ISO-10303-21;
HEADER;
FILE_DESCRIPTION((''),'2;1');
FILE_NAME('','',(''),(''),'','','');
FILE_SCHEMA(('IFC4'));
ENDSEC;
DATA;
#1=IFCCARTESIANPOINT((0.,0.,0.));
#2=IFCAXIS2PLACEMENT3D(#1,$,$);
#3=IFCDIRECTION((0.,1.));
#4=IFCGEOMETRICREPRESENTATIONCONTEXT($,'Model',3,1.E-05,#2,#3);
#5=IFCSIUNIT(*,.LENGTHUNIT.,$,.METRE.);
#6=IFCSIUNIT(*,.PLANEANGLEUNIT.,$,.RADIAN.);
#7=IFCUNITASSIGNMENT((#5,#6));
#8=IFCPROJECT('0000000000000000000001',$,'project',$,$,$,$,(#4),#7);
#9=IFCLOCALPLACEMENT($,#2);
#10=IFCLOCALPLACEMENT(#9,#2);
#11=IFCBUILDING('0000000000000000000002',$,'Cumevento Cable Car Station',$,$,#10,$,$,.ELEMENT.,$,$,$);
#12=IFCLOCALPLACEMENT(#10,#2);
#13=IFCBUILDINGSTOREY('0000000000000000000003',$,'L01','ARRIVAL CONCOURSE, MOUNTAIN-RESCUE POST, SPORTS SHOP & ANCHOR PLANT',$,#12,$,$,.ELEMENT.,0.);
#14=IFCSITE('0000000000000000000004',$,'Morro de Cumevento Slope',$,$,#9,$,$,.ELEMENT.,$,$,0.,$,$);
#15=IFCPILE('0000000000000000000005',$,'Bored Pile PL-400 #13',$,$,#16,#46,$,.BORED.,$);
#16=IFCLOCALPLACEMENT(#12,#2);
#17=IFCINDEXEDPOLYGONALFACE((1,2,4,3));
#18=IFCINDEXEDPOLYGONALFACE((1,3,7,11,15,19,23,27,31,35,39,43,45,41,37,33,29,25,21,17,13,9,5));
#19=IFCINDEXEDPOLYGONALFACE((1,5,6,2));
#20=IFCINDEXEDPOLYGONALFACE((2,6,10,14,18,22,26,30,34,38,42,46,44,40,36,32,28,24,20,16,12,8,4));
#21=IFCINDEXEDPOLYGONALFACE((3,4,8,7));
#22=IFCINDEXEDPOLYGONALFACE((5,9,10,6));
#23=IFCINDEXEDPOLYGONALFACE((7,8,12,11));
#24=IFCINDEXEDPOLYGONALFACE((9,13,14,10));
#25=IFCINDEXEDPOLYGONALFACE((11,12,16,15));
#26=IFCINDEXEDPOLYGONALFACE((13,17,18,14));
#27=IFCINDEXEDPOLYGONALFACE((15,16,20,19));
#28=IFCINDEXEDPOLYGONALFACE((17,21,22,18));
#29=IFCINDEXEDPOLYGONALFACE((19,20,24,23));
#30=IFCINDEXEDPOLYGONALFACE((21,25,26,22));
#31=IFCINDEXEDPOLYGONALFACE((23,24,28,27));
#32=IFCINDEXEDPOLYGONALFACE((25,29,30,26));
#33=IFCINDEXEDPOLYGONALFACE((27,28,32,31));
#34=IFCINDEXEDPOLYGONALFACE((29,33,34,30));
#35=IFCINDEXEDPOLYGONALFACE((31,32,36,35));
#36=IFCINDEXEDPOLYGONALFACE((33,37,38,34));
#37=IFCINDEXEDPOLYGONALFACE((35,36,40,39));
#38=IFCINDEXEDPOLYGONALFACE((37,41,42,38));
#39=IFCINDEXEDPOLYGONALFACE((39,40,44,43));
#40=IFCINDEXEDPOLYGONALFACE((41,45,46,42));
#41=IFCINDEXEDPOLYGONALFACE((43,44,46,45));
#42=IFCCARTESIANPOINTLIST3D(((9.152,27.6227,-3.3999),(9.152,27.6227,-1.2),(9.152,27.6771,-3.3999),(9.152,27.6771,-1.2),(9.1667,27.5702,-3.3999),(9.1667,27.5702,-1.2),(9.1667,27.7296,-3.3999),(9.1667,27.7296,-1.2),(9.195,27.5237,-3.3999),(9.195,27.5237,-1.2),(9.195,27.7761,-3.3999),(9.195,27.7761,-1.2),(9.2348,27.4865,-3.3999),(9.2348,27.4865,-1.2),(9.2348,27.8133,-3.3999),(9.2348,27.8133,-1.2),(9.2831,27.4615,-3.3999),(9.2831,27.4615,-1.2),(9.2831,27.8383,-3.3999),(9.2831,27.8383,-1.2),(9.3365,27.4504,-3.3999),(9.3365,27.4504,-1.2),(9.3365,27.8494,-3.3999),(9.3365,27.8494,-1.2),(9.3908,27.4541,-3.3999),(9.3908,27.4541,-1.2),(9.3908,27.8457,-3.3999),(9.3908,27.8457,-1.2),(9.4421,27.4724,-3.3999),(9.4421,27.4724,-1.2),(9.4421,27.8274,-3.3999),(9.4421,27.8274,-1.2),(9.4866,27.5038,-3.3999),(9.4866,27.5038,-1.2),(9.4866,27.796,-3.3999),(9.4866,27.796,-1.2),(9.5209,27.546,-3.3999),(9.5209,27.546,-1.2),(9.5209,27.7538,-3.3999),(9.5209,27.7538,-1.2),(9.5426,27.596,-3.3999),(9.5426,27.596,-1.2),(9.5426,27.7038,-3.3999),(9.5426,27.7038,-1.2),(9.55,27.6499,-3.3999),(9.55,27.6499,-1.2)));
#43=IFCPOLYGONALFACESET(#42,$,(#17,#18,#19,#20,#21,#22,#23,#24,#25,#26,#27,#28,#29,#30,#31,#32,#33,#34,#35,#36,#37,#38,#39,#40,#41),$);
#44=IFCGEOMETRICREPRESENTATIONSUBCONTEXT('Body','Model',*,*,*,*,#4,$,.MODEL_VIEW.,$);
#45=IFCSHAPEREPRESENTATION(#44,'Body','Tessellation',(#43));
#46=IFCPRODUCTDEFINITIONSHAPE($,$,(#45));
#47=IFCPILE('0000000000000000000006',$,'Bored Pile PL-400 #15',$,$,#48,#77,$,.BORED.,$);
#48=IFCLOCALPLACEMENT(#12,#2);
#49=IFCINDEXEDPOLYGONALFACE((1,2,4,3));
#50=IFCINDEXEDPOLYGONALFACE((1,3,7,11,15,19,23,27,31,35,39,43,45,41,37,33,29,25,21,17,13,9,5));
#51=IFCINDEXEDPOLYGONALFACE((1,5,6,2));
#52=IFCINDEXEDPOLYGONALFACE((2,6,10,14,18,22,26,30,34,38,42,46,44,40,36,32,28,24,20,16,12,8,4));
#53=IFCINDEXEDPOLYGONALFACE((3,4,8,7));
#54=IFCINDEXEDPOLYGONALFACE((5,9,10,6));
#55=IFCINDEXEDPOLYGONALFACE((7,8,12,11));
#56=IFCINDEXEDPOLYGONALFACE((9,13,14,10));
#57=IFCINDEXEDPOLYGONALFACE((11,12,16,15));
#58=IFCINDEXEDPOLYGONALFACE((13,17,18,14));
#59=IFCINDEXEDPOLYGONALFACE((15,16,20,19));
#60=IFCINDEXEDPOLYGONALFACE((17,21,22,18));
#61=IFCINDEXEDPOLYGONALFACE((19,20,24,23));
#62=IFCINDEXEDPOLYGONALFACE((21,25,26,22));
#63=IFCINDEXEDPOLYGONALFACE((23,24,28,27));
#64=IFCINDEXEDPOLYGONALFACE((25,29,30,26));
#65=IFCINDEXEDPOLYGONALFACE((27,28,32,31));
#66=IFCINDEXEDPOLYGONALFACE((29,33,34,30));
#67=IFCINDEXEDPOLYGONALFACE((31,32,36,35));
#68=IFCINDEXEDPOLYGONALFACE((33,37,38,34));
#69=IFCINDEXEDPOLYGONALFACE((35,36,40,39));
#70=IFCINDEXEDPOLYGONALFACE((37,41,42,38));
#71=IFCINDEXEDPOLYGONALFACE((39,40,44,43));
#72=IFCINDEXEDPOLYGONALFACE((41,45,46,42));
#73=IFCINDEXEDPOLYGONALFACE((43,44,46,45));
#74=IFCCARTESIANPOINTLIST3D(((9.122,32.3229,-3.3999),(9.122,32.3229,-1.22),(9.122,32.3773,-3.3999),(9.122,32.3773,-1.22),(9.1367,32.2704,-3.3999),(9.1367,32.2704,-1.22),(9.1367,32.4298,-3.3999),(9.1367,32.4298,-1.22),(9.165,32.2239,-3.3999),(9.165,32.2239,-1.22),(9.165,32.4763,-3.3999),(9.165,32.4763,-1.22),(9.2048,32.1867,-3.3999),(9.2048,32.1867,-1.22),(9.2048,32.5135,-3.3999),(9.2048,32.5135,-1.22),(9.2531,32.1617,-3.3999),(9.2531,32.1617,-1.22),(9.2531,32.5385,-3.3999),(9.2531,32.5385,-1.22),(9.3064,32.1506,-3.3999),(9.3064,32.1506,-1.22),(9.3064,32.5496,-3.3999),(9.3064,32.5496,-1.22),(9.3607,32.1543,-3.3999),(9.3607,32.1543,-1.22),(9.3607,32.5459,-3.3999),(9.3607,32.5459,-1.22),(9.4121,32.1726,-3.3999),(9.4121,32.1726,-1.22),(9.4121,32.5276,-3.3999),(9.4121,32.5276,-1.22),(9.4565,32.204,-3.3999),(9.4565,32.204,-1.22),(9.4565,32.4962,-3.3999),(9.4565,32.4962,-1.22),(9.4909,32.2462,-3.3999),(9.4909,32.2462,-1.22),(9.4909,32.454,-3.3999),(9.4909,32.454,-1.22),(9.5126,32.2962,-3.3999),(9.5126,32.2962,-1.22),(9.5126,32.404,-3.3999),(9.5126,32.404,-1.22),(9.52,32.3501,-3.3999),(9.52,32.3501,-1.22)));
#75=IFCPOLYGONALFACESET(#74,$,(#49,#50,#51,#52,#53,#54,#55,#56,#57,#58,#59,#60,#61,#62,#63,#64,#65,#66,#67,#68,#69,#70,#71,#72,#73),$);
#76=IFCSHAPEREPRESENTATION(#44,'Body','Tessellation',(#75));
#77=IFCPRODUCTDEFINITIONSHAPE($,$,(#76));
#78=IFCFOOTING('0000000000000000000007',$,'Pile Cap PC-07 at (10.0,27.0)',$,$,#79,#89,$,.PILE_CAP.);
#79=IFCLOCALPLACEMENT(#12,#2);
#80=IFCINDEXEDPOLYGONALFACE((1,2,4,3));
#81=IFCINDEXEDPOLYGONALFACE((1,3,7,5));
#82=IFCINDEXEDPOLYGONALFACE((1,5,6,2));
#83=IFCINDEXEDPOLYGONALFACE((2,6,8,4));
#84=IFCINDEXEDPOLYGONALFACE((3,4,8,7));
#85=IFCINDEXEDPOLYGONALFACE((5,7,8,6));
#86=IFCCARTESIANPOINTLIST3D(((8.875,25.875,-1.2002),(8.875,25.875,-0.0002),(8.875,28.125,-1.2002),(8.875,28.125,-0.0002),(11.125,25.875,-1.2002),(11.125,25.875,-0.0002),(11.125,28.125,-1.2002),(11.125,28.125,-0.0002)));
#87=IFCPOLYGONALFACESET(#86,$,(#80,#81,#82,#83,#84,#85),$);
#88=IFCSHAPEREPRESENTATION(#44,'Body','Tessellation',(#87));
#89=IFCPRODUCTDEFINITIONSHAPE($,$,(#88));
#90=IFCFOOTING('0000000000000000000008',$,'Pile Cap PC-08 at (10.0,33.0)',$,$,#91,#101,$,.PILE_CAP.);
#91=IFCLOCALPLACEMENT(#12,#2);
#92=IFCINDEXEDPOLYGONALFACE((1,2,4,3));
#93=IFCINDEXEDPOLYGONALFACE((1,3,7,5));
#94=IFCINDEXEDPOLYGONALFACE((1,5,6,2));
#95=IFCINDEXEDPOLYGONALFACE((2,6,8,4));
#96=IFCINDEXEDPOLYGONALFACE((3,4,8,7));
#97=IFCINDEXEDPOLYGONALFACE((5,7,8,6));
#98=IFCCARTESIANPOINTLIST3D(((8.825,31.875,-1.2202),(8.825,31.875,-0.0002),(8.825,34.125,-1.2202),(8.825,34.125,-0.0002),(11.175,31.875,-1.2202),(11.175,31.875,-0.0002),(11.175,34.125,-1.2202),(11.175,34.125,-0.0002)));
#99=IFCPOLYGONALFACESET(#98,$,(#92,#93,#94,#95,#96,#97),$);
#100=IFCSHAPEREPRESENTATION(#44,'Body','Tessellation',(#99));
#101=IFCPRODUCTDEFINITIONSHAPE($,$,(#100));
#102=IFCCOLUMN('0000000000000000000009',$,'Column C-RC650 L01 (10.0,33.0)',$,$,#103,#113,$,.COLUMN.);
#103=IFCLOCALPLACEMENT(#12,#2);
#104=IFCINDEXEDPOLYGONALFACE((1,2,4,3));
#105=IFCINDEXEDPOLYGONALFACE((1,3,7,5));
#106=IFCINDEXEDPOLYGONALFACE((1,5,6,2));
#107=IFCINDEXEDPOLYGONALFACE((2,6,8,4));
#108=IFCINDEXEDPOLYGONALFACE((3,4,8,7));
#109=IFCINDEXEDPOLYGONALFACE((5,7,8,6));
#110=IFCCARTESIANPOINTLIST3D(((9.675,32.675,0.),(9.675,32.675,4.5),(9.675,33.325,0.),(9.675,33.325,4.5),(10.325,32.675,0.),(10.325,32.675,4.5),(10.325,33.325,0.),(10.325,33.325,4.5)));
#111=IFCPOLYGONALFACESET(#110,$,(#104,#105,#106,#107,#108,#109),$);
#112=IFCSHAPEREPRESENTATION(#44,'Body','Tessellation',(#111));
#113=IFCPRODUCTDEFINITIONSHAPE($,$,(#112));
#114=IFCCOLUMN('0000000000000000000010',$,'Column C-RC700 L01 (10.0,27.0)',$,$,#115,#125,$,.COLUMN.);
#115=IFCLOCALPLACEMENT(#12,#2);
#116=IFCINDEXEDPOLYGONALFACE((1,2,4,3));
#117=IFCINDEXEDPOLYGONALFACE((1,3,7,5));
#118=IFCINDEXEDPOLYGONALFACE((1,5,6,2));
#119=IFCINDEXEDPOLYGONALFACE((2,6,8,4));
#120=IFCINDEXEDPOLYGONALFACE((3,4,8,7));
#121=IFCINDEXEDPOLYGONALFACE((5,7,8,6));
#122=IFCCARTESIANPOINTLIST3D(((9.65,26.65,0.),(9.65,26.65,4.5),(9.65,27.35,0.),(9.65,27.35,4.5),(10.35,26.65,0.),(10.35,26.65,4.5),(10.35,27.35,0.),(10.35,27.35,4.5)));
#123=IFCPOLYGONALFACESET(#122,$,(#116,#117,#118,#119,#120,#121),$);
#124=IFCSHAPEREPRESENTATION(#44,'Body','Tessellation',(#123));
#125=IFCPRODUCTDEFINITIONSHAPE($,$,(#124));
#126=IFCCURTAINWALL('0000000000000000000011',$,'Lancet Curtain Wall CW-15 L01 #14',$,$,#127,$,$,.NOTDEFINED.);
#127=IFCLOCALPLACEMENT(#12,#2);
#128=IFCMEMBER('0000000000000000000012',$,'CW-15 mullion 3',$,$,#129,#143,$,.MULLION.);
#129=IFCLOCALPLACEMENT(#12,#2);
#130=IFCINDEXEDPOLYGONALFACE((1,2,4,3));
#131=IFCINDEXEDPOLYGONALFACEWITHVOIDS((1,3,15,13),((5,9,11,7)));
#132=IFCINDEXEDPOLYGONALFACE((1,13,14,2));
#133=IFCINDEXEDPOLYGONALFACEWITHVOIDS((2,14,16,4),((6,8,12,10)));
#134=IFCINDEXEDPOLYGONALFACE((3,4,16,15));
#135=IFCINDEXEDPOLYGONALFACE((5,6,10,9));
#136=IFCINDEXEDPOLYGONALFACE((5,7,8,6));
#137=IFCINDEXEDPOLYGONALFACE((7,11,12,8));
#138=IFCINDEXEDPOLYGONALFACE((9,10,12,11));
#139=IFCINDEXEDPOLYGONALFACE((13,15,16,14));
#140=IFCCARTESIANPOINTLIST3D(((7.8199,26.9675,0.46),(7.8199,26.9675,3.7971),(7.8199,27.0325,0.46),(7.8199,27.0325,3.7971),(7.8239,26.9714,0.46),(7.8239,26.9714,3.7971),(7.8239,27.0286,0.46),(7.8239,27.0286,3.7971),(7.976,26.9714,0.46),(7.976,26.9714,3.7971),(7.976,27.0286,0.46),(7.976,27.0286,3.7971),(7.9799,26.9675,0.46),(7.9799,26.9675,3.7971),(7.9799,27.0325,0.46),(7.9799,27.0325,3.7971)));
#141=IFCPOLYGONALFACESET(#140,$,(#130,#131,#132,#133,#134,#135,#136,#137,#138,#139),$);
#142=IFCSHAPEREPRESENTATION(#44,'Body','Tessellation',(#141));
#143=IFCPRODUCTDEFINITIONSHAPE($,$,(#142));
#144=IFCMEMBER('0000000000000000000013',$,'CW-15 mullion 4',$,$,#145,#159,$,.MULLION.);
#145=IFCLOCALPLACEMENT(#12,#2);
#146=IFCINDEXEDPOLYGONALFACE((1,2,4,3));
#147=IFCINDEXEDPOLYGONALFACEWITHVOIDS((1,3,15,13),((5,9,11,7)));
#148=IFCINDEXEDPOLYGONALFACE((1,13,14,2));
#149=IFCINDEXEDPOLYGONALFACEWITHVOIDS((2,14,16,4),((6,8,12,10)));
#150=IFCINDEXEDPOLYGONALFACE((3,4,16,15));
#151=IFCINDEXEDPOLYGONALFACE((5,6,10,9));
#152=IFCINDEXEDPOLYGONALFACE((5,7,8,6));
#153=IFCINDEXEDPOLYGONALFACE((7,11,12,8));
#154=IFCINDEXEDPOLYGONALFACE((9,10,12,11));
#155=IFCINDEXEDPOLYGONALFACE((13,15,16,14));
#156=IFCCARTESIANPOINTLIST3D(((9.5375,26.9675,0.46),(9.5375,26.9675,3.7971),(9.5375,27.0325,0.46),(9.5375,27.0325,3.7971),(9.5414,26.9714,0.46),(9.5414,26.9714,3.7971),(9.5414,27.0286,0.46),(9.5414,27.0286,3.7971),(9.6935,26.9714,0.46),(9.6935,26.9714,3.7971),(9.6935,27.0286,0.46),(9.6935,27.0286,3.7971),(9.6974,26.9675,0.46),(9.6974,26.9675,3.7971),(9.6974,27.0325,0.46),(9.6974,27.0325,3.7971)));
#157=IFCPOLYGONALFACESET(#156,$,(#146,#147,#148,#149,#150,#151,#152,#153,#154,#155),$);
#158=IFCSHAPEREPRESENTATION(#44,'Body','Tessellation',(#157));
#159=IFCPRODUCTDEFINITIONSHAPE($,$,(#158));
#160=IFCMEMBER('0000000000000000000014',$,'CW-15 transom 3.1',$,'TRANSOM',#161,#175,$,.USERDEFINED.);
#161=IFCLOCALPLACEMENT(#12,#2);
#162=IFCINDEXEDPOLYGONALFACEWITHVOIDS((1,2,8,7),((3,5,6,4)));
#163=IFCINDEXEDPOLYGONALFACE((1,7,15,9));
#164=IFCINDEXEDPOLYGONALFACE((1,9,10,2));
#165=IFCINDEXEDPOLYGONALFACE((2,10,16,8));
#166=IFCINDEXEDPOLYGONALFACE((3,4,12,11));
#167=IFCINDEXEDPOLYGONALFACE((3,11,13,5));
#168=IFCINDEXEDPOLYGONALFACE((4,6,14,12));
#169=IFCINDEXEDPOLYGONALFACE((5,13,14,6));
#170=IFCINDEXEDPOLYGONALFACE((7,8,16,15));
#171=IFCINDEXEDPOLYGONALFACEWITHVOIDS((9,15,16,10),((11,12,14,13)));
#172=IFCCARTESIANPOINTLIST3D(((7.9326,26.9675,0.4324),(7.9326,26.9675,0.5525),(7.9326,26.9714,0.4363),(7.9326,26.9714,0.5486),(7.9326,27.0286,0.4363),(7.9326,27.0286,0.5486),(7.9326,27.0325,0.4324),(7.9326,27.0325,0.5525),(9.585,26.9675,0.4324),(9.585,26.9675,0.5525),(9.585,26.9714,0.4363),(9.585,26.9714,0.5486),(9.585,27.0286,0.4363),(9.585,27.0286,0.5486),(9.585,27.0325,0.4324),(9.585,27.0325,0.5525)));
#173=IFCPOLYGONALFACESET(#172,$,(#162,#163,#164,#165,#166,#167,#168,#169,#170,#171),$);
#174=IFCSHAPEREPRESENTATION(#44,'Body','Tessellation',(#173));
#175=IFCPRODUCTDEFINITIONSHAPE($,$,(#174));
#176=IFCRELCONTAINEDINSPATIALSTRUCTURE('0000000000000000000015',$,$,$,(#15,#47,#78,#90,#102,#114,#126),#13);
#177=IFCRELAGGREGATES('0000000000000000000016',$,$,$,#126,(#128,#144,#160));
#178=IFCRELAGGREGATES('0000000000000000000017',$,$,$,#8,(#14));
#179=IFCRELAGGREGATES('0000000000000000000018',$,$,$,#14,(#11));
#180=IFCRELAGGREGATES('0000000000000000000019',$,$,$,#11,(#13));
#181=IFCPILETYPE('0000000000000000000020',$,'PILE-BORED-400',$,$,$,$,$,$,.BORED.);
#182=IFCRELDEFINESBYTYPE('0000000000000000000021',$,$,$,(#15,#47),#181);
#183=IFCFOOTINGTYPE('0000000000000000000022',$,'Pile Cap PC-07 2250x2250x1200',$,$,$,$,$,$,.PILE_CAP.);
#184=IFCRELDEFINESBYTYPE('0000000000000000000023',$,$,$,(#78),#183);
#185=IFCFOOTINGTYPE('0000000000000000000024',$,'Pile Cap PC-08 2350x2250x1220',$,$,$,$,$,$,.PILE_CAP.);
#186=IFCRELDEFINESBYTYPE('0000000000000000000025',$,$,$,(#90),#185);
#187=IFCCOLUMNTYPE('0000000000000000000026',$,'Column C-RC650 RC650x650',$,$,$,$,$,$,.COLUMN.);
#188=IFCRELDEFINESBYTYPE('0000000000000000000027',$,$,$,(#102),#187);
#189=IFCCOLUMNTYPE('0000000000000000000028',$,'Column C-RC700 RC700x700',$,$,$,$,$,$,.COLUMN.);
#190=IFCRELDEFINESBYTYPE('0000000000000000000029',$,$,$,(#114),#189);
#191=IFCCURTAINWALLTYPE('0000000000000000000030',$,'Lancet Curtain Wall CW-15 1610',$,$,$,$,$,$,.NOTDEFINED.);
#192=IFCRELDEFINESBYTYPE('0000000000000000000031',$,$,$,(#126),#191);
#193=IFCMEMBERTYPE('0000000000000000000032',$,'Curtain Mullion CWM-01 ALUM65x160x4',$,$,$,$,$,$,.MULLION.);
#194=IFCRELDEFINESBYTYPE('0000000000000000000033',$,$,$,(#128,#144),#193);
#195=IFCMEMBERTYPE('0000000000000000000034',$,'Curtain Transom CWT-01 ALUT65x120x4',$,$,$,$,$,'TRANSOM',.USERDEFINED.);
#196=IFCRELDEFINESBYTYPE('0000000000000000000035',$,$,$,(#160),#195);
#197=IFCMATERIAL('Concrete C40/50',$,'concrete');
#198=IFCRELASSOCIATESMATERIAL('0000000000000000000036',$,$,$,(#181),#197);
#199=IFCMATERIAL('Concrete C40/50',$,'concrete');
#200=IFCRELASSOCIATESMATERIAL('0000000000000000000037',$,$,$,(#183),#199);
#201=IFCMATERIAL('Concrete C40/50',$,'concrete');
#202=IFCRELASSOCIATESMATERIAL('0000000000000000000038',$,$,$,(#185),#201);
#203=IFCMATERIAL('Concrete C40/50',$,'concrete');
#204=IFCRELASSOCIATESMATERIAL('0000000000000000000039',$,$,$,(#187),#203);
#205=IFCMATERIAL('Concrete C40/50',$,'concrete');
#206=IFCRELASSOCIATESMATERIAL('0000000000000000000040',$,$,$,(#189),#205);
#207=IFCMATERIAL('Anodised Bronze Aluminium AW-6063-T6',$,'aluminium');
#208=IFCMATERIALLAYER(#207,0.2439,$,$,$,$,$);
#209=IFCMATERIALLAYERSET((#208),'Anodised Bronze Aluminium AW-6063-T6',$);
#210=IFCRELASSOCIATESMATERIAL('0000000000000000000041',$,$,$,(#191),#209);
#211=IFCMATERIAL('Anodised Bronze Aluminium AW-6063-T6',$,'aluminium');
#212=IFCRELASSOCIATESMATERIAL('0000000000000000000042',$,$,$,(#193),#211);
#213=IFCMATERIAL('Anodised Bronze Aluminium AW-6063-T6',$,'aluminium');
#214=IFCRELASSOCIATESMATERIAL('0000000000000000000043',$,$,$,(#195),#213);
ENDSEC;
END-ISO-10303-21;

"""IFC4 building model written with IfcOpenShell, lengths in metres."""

from ifc_helpers import new_model, si_unit, direction, frame, origin, origin_2d, place, context, subcontext, project, spatial, rectangle, hollow_rectangle, circle, extrude, material, layer, layer_set, material_profile, profile_set, type_object, element, aggregate, save


model = new_model("IFC4")

# Units and contexts
model_context = context("Model", 3, precision=1e-05, world=origin(), true_north=direction((0.0, 1.0)))
body_context = subcontext(model_context, "Body", "Model", "MODEL_VIEW")
ifc_project = project(units=[si_unit("LENGTHUNIT", "METRE"), si_unit("PLANEANGLEUNIT", "RADIAN")], contexts=[model_context])

# Site, building, storey
site_placement = place(None, origin())
site = spatial("IfcSite", under=ifc_project, at=site_placement, Name="Morro de Cumevento Slope", CompositionType="ELEMENT", RefElevation=0.0)
building_placement = place(site_placement, origin())
building = spatial("IfcBuilding", under=site, at=building_placement, Name="Cumevento Cable Car Station", CompositionType="ELEMENT")
storey_placement = place(building_placement, origin())
storey = spatial("IfcBuildingStorey", under=building, at=storey_placement, Name="L01", Description="ARRIVAL CONCOURSE, MOUNTAIN-RESCUE POST, SPORTS SHOP & ANCHOR PLANT", CompositionType="ELEMENT", Elevation=0.0)

# Piles
ifc_material_1 = material(Name="Concrete C40/50", Category="concrete")
ifc_material_profile_1 = material_profile(ifc_material_1, circle(Radius=0.2, at=origin_2d()), Name="PILE-D400")
ifc_profile_set_1 = profile_set([ifc_material_profile_1], Name="Concrete C40/50")
pile_type = type_object("IfcPileType", Name="PILE-BORED-400", PredefinedType="BORED", material=ifc_profile_set_1)
pile_1_placement = place(storey_placement, frame((9.3501, 27.6499, -1.2), z_axis=(0.0, 0.0, -1.0), x_axis=(1.0, 0.0, 0.0)))
element("IfcPile", 1, at=pile_1_placement, inside=storey, type_object=pile_type, Name="Bored Pile PL-400 #13", PredefinedType="BORED", context=body_context, shape_type="SweptSolid", body=[
    extrude(circle(Radius=0.2, at=origin_2d()), origin(), (0.0, 0.0, 1.0), 2.2),
])
pile_2_placement = place(storey_placement, frame((9.3201, 32.3501, -1.22), z_axis=(0.0, 0.0, -1.0), x_axis=(1.0, 0.0, 0.0)))
element("IfcPile", 2, at=pile_2_placement, inside=storey, type_object=pile_type, Name="Bored Pile PL-400 #15", PredefinedType="BORED", context=body_context, shape_type="SweptSolid", body=[
    extrude(circle(Radius=0.2, at=origin_2d()), origin(), (0.0, 0.0, 1.0), 2.1799),
])

# Footings
ifc_material_2 = material(Name="Concrete C40/50", Category="concrete")
footing_type_1 = type_object("IfcFootingType", Name="Pile Cap PC-07 2250x2250x1200", PredefinedType="PILE_CAP", material=ifc_material_2)
footing_1_placement = place(storey_placement, frame((10.0, 27.0, -1.2002), z_axis=(0.0, 0.0, 1.0), x_axis=(1.0, 0.0, 0.0)))
element("IfcFooting", 3, at=footing_1_placement, inside=storey, type_object=footing_type_1, Name="Pile Cap PC-07 at (10.0,27.0)", PredefinedType="PILE_CAP", context=body_context, shape_type="SweptSolid", body=[
    extrude(rectangle(XDim=2.25, YDim=2.25, at=origin_2d()), origin(), (0.0, 0.0, 1.0), 1.2),
])
ifc_material_3 = material(Name="Concrete C40/50", Category="concrete")
footing_type_2 = type_object("IfcFootingType", Name="Pile Cap PC-08 2350x2250x1220", PredefinedType="PILE_CAP", material=ifc_material_3)
footing_2_placement = place(storey_placement, frame((10.0, 33.0, -1.2202), z_axis=(0.0, 0.0, 1.0), x_axis=(1.0, 0.0, 0.0)))
element("IfcFooting", 4, at=footing_2_placement, inside=storey, type_object=footing_type_2, Name="Pile Cap PC-08 at (10.0,33.0)", PredefinedType="PILE_CAP", context=body_context, shape_type="SweptSolid", body=[
    extrude(rectangle(XDim=2.3501, YDim=2.25, at=origin_2d()), origin(), (0.0, 0.0, 1.0), 1.22),
])

# Columns
ifc_material_4 = material(Name="Concrete C40/50", Category="concrete")
ifc_material_profile_2 = material_profile(ifc_material_4, rectangle(XDim=0.6499, YDim=0.6499, at=origin_2d()), Name="RC650x650")
ifc_profile_set_2 = profile_set([ifc_material_profile_2], Name="Concrete C40/50")
column_type_1 = type_object("IfcColumnType", Name="Column C-RC650 RC650x650", PredefinedType="COLUMN", material=ifc_profile_set_2)
column_1_placement = place(storey_placement, frame((10.0, 33.0, 0.0), z_axis=(0.0, 0.0, 1.0), x_axis=(1.0, 0.0, 0.0)))
element("IfcColumn", 5, at=column_1_placement, inside=storey, type_object=column_type_1, Name="Column C-RC650 L01 (10.0,33.0)", PredefinedType="COLUMN", context=body_context, shape_type="SweptSolid", body=[
    extrude(rectangle(XDim=0.6499, YDim=0.6499, at=origin_2d()), origin(), (0.0, 0.0, 1.0), 4.5),
])
ifc_material_5 = material(Name="Concrete C40/50", Category="concrete")
ifc_material_profile_3 = material_profile(ifc_material_5, rectangle(XDim=0.7, YDim=0.7, at=origin_2d()), Name="RC700x700")
ifc_profile_set_3 = profile_set([ifc_material_profile_3], Name="Concrete C40/50")
column_type_2 = type_object("IfcColumnType", Name="Column C-RC700 RC700x700", PredefinedType="COLUMN", material=ifc_profile_set_3)
column_2_placement = place(storey_placement, frame((10.0, 27.0, 0.0), z_axis=(0.0, 0.0, 1.0), x_axis=(1.0, 0.0, 0.0)))
element("IfcColumn", 6, at=column_2_placement, inside=storey, type_object=column_type_2, Name="Column C-RC700 L01 (10.0,27.0)", PredefinedType="COLUMN", context=body_context, shape_type="SweptSolid", body=[
    extrude(rectangle(XDim=0.7, YDim=0.7, at=origin_2d()), origin(), (0.0, 0.0, 1.0), 4.5),
])

# Curtain wall, members
ifc_material_6 = material(Name="Anodised Bronze Aluminium AW-6063-T6", Category="aluminium")
ifc_layer_1 = layer(ifc_material_6, 0.2439)
ifc_layer_set_1 = layer_set([ifc_layer_1], Name="Anodised Bronze Aluminium AW-6063-T6")
curtain_wall_type = type_object("IfcCurtainWallType", Name="Lancet Curtain Wall CW-15 1610", PredefinedType="NOTDEFINED", material=ifc_layer_set_1)
curtain_wall_placement = place(storey_placement, origin())
curtain_wall = element("IfcCurtainWall", 7, at=curtain_wall_placement, inside=storey, type_object=curtain_wall_type, Name="Lancet Curtain Wall CW-15 L01 #14", PredefinedType="NOTDEFINED")
ifc_material_7 = material(Name="Anodised Bronze Aluminium AW-6063-T6", Category="aluminium")
ifc_material_profile_4 = material_profile(ifc_material_7, hollow_rectangle(XDim=0.0649, YDim=0.1599, WallThickness=0.0039, at=origin_2d()), Name="ALUM65x160x4")
ifc_profile_set_4 = profile_set([ifc_material_profile_4], Name="Anodised Bronze Aluminium AW-6063-T6")
member_type_1 = type_object("IfcMemberType", Name="Curtain Mullion CWM-01 ALUM65x160x4", PredefinedType="MULLION", material=ifc_profile_set_4)
member_1_placement = place(storey_placement, frame((7.8999, 27.0, 0.46), z_axis=(0.0, 0.0, 1.0), x_axis=(0.0, 1.0, 0.0)))
member_1 = element("IfcMember", 8, at=member_1_placement, type_object=member_type_1, Name="CW-15 mullion 3", PredefinedType="MULLION", context=body_context, shape_type="SweptSolid", body=[
    extrude(hollow_rectangle(XDim=0.0649, YDim=0.1599, WallThickness=0.0039, at=origin_2d()), origin(), (0.0, 0.0, 1.0), 3.3372),
])
member_2_placement = place(storey_placement, frame((9.6174, 27.0, 0.46), z_axis=(0.0, 0.0, 1.0), x_axis=(0.0, 1.0, 0.0)))
member_2 = element("IfcMember", 9, at=member_2_placement, type_object=member_type_1, Name="CW-15 mullion 4", PredefinedType="MULLION", context=body_context, shape_type="SweptSolid", body=[
    extrude(hollow_rectangle(XDim=0.0649, YDim=0.1599, WallThickness=0.0039, at=origin_2d()), origin(), (0.0, 0.0, 1.0), 3.3372),
])
ifc_material_8 = material(Name="Anodised Bronze Aluminium AW-6063-T6", Category="aluminium")
ifc_material_profile_5 = material_profile(ifc_material_8, hollow_rectangle(XDim=0.0649, YDim=0.1201, WallThickness=0.0039, at=origin_2d()), Name="ALUT65x120x4")
ifc_profile_set_5 = profile_set([ifc_material_profile_5], Name="Anodised Bronze Aluminium AW-6063-T6")
member_type_2 = type_object("IfcMemberType", Name="Curtain Transom CWT-01 ALUT65x120x4", ElementType="TRANSOM", PredefinedType="USERDEFINED", material=ifc_profile_set_5)
member_3_placement = place(storey_placement, frame((7.9326, 27.0, 0.4924), z_axis=(1.0, 0.0, 0.0), x_axis=(0.0, 1.0, 0.0)))
member_3 = element("IfcMember", 10, at=member_3_placement, type_object=member_type_2, Name="CW-15 transom 3.1", ObjectType="TRANSOM", PredefinedType="USERDEFINED", context=body_context, shape_type="SweptSolid", body=[
    extrude(hollow_rectangle(XDim=0.0649, YDim=0.1201, WallThickness=0.0039, at=origin_2d()), origin(), (0.0, 0.0, 1.0), 1.6523),
])
aggregate(curtain_wall, [member_1, member_2, member_3])

save(model, "model.ifc")
